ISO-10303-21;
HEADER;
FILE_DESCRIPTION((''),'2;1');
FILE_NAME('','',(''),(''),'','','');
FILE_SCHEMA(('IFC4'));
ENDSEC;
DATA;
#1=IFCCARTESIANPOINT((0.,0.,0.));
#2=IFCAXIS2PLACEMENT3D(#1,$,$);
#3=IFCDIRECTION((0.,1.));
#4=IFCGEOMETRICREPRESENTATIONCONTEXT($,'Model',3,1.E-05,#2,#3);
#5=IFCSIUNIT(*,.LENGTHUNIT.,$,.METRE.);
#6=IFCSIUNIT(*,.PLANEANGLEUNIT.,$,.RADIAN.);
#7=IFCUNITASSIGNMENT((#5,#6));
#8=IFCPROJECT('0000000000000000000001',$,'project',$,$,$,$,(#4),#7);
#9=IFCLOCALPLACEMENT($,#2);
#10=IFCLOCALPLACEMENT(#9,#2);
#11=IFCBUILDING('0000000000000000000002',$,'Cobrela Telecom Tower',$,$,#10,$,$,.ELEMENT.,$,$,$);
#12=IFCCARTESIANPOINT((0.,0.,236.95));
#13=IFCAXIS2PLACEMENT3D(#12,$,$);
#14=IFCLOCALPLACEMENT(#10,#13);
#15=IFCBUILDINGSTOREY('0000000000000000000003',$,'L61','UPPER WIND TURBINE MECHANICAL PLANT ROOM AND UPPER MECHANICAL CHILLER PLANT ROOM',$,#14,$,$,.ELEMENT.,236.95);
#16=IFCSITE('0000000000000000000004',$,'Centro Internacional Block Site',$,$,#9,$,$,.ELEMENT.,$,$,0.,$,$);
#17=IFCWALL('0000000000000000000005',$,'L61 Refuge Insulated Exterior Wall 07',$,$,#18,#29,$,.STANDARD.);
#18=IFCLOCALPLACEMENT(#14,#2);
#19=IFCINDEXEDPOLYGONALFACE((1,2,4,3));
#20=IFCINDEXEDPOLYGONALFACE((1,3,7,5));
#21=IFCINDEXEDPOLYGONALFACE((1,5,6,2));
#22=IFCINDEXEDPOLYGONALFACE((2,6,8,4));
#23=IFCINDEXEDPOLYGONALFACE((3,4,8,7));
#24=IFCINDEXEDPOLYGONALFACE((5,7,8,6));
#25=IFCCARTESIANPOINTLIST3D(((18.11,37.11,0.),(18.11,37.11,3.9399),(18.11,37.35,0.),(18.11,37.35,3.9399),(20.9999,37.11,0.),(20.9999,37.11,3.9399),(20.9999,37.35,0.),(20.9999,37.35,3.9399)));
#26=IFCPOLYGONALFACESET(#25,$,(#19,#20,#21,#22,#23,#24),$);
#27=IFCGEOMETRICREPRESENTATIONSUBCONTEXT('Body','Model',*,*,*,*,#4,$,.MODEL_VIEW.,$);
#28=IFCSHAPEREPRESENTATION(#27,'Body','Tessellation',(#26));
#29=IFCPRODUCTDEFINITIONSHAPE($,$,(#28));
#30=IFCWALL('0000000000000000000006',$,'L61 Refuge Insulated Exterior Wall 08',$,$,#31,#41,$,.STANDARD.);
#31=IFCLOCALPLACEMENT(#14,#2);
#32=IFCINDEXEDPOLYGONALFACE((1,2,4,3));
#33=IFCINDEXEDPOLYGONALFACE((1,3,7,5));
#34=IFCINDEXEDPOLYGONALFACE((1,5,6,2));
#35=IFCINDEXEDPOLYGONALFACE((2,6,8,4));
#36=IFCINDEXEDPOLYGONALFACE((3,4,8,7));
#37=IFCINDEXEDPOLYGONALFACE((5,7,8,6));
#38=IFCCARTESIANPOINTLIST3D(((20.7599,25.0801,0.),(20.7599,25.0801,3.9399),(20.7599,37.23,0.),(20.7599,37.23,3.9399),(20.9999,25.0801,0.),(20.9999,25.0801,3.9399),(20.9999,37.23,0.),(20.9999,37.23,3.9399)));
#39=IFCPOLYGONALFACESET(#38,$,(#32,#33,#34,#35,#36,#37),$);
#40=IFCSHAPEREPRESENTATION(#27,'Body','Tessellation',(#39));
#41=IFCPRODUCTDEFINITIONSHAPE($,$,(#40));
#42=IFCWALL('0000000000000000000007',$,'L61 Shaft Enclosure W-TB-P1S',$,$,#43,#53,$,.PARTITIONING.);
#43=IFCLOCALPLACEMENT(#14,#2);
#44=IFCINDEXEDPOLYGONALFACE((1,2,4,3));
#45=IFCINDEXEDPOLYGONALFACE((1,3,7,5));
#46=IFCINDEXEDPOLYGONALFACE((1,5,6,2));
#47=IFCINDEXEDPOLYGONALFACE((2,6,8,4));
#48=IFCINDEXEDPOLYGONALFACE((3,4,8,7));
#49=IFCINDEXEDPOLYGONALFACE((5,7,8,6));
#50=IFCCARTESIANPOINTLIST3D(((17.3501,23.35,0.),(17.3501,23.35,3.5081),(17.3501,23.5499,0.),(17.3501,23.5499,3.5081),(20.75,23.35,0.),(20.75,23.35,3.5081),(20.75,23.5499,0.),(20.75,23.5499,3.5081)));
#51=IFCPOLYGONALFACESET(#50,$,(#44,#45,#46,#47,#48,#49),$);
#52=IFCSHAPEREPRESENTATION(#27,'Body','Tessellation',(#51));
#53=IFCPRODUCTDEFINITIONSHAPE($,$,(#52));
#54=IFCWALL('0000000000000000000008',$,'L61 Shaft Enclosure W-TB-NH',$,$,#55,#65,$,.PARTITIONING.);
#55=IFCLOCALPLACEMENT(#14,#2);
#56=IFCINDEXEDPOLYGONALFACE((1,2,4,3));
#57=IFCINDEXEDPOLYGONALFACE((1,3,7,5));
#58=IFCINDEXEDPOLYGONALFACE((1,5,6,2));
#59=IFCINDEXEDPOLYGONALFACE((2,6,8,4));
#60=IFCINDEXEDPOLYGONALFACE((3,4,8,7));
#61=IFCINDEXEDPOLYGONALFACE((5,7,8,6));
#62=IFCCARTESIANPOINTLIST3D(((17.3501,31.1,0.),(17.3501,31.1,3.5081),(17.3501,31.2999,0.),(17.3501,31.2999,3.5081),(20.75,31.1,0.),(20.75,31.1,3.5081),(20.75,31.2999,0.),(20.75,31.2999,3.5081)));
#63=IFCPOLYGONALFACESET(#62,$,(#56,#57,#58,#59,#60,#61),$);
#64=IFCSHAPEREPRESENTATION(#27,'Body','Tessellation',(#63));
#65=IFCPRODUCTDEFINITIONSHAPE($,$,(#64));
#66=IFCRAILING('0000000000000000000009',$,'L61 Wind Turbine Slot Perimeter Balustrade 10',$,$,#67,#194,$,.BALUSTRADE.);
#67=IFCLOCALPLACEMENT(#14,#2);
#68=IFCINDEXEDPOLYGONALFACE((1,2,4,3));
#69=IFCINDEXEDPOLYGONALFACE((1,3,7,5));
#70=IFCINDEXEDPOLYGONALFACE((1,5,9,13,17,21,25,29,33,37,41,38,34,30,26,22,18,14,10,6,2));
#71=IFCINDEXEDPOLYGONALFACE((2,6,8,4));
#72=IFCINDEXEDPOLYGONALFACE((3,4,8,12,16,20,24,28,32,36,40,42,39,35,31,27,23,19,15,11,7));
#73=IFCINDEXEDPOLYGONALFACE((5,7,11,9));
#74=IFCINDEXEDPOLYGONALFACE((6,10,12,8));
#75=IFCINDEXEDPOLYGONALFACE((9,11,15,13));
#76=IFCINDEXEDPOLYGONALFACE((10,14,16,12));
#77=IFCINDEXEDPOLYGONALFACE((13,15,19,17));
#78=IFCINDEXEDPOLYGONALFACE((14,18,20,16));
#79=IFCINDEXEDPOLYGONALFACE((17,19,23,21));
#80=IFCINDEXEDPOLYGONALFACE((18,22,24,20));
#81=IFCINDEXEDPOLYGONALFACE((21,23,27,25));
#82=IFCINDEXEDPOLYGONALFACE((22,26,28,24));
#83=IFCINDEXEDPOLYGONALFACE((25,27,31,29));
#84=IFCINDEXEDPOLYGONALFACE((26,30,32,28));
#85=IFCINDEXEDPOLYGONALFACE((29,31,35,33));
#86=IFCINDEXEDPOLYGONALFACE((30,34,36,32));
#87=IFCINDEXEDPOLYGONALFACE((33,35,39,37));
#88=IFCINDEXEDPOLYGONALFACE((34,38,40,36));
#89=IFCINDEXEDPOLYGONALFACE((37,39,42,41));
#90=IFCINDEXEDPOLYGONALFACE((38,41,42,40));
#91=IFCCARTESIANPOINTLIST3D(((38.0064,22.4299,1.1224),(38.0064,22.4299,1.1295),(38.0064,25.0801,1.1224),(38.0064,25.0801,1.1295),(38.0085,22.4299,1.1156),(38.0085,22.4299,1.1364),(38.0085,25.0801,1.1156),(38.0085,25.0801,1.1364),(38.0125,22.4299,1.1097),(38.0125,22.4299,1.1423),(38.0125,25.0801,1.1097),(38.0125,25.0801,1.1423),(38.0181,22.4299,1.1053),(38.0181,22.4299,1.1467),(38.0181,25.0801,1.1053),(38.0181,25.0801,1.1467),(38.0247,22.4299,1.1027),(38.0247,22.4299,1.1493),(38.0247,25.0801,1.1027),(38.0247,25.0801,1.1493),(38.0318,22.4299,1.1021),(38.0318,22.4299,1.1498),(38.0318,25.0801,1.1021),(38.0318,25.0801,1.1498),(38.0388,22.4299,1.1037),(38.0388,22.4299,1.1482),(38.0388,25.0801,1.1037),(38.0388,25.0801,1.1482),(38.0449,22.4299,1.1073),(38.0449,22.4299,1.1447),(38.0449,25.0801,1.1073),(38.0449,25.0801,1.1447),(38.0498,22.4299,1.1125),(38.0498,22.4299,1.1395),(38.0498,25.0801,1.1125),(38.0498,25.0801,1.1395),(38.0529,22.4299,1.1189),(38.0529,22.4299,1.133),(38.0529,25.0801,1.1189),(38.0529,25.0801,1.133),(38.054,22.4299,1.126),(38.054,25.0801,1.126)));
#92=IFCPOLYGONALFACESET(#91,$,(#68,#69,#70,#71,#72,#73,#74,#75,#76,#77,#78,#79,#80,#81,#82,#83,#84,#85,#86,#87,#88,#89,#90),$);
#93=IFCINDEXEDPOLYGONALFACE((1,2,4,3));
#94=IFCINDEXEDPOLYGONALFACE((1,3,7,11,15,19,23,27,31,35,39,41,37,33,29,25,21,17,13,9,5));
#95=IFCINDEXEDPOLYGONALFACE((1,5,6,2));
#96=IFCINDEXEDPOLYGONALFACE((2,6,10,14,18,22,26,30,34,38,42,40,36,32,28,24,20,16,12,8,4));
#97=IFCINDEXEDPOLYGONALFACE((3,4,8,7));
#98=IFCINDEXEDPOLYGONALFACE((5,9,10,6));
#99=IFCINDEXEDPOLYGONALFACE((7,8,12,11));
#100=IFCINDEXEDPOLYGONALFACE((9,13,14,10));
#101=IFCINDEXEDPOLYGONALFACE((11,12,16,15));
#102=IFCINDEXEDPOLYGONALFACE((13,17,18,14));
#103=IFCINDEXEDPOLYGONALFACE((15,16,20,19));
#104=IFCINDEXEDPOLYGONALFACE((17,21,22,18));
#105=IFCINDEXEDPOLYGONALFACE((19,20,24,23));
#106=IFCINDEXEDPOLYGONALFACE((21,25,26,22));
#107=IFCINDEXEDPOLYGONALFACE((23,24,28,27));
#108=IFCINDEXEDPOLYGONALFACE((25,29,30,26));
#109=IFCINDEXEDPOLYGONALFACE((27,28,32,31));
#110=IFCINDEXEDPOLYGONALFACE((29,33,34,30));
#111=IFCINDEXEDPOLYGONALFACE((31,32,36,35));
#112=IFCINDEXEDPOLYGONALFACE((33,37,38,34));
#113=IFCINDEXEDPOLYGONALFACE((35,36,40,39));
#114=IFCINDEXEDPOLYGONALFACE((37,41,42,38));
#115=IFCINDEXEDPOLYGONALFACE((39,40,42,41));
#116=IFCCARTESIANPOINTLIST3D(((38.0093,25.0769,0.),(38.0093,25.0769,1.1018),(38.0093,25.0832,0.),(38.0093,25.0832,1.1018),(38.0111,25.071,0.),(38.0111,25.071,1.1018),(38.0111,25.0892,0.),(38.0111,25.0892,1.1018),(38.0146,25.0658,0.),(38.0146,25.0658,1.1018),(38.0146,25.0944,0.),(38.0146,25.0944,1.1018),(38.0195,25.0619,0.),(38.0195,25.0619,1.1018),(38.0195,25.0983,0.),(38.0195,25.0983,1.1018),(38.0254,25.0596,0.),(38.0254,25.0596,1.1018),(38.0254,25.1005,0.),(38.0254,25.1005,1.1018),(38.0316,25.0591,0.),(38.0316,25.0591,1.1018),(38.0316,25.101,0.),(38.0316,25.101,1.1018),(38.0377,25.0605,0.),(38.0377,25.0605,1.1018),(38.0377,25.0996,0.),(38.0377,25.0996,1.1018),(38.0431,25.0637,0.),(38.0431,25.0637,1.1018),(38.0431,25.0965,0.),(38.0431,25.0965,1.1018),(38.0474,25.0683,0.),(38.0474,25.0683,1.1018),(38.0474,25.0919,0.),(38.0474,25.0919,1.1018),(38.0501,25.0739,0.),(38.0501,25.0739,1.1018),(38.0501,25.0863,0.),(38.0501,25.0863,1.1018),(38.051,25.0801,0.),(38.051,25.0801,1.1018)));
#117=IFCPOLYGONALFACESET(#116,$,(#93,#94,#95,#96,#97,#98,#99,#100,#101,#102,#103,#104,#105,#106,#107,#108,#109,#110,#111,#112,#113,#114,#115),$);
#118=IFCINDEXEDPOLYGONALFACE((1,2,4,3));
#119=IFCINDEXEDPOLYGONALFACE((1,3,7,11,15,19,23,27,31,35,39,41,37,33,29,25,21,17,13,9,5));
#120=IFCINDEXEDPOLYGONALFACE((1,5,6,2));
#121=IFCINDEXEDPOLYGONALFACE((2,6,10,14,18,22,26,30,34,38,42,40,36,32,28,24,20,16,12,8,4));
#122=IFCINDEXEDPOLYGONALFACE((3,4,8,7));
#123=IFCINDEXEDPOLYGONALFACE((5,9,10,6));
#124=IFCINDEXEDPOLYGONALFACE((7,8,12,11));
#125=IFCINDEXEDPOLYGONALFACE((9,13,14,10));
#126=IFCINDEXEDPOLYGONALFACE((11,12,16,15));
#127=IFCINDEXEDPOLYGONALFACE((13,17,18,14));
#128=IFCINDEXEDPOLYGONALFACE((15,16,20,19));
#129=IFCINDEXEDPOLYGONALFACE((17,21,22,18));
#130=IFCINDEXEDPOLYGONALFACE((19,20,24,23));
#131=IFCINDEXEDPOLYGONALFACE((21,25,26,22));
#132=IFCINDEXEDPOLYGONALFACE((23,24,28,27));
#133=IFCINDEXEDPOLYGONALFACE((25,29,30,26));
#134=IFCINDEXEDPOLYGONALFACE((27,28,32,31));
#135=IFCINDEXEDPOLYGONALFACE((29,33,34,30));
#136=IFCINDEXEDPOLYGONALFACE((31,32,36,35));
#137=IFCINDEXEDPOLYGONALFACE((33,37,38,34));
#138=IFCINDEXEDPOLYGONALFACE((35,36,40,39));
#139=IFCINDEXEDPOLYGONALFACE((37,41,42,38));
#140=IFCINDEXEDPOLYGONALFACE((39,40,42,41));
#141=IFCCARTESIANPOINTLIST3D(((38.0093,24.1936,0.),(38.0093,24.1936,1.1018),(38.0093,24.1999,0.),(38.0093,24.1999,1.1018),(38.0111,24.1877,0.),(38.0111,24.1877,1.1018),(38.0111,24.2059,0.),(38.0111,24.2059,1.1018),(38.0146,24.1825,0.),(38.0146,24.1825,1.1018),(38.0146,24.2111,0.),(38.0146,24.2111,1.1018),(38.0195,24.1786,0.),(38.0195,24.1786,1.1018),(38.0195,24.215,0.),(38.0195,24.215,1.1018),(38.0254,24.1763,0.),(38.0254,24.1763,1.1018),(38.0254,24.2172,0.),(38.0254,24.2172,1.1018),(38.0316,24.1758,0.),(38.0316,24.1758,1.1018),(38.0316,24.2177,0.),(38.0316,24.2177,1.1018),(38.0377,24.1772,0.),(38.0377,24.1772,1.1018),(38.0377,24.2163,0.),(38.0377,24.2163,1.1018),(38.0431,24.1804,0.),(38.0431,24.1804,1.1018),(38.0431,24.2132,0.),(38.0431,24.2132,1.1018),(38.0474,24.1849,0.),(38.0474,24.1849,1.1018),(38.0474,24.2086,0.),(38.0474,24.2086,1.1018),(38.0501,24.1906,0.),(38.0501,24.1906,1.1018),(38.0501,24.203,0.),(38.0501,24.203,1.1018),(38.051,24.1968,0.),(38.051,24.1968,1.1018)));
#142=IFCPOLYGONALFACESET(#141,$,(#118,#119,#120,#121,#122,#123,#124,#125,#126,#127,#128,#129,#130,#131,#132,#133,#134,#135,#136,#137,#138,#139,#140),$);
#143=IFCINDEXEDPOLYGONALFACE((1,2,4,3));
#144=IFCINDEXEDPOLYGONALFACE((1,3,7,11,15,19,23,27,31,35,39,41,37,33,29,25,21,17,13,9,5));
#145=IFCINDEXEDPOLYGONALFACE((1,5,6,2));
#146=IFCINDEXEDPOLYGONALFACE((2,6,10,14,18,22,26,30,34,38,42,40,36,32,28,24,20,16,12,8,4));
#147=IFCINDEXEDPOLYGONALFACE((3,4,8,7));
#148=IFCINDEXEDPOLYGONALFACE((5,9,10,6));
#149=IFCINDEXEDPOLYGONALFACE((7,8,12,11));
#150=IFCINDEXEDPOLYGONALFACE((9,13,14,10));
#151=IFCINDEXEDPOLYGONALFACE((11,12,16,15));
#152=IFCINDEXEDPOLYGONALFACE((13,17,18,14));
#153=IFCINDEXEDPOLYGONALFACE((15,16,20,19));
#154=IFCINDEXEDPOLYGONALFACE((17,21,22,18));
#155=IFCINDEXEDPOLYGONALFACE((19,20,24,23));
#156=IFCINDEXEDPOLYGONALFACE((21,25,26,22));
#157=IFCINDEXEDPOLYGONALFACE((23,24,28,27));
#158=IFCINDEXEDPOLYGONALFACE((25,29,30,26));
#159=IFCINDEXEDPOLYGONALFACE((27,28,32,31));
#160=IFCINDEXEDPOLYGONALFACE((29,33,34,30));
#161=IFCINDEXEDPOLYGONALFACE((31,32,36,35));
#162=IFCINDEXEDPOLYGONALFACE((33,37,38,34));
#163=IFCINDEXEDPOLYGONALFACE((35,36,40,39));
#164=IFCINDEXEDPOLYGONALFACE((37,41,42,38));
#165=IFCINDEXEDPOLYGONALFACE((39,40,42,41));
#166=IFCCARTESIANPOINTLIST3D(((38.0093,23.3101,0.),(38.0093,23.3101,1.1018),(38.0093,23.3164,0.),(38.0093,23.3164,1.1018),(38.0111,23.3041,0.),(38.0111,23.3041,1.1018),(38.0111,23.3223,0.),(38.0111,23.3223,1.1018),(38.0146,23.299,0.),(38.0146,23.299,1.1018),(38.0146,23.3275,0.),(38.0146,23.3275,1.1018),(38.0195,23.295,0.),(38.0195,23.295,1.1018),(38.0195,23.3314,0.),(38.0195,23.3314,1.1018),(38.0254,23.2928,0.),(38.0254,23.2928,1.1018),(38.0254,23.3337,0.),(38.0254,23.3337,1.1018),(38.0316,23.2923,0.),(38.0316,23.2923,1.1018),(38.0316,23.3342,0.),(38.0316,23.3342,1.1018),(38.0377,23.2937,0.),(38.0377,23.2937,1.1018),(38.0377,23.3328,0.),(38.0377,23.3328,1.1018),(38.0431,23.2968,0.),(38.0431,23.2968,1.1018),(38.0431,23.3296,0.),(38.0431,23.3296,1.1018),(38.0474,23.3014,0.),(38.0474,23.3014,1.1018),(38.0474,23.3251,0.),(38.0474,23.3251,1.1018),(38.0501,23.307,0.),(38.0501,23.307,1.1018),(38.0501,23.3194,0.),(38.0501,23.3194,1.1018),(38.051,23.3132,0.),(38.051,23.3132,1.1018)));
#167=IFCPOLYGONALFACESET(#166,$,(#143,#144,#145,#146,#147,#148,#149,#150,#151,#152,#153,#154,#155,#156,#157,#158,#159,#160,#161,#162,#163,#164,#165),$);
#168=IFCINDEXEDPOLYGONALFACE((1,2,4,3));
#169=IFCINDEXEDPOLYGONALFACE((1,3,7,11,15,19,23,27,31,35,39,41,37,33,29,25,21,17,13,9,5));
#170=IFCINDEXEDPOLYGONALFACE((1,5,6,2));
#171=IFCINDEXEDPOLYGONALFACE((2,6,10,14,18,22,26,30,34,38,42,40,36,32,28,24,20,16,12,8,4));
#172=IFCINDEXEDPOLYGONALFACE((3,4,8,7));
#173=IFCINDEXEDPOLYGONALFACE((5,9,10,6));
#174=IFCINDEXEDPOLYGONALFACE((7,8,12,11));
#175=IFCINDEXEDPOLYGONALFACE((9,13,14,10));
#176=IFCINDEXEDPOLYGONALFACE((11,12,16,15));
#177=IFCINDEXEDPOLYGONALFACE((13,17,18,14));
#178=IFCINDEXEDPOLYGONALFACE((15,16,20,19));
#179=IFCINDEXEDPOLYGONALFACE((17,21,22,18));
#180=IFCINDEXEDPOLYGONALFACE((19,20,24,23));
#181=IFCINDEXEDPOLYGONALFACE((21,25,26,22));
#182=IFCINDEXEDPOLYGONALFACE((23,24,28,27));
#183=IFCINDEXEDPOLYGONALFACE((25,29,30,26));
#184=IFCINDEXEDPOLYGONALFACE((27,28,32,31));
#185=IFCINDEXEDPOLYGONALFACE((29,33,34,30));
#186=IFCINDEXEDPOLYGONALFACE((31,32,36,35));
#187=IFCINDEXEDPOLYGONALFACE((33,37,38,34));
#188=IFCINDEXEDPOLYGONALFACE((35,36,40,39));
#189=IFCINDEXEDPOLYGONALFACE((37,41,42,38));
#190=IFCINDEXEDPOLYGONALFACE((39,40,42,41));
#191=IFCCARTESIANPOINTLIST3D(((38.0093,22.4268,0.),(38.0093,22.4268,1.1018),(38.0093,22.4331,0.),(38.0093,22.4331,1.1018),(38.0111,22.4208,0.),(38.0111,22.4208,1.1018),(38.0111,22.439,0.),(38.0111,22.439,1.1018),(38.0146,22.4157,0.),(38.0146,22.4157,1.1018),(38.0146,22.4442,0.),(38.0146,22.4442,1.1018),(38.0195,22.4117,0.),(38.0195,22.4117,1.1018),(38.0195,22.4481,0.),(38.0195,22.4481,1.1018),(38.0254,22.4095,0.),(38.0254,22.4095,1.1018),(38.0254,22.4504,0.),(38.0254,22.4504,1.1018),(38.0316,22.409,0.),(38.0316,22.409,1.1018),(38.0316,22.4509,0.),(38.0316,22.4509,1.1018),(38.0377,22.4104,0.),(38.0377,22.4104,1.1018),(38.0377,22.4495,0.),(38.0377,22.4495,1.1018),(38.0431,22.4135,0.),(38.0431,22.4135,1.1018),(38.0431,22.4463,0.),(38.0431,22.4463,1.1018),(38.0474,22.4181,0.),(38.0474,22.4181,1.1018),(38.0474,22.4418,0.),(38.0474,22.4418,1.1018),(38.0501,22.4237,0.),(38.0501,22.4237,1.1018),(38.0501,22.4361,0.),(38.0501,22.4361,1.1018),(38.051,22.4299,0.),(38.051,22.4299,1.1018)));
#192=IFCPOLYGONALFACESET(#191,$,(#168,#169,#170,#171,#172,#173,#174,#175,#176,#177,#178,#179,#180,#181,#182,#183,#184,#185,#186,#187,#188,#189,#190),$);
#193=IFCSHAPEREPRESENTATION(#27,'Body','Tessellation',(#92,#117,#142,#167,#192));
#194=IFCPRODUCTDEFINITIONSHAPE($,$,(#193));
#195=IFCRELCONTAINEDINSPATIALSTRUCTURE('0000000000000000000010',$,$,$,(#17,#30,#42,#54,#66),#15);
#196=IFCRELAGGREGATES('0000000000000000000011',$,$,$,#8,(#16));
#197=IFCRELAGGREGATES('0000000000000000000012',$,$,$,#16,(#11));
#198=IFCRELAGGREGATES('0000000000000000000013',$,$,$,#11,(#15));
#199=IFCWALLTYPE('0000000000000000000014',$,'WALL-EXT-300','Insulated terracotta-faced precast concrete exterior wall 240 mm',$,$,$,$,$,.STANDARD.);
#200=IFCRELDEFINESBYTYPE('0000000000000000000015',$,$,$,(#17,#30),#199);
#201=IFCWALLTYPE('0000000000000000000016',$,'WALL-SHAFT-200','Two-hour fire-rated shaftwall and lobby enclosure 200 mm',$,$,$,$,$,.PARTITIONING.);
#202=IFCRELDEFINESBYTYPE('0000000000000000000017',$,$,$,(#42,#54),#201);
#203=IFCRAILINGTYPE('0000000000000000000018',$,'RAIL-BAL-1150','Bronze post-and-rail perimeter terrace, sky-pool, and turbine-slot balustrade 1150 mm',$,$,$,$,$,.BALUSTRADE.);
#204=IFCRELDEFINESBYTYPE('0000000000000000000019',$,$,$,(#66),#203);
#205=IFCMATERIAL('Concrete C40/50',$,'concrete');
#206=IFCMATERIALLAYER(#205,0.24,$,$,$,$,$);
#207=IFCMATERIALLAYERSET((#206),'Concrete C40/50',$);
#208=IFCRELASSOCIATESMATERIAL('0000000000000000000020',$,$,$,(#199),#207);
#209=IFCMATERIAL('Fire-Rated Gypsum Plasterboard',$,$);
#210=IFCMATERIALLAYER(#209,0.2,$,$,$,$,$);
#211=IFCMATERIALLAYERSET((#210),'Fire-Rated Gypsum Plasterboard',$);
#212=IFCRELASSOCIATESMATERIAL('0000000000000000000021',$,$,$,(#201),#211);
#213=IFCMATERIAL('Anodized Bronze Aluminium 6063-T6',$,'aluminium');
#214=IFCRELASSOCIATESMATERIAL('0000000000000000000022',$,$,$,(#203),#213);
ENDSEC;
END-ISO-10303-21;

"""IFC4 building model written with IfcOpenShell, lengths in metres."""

from ifc_helpers import new_model, si_unit, direction, frame, frame_2d, origin, origin_2d, place, context, subcontext, project, spatial, rectangle, circle, extrude, material, layer, layer_set, type_object, element, save


model = new_model("IFC4")

# Units and contexts
model_context = context("Model", 3, precision=1e-05, world=origin(), true_north=direction((0.0, 1.0)))
body_context = subcontext(model_context, "Body", "Model", "MODEL_VIEW")
ifc_project = project(units=[si_unit("LENGTHUNIT", "METRE"), si_unit("PLANEANGLEUNIT", "RADIAN")], contexts=[model_context])

# Site, building, storey
site_placement = place(None, origin())
site = spatial("IfcSite", under=ifc_project, at=site_placement, Name="Centro Internacional Block Site", CompositionType="ELEMENT", RefElevation=0.0)
building_placement = place(site_placement, origin())
building = spatial("IfcBuilding", under=site, at=building_placement, Name="Cobrela Telecom Tower", CompositionType="ELEMENT")
storey_placement = place(building_placement, frame((0.0, 0.0, 236.95)))
storey = spatial("IfcBuildingStorey", under=building, at=storey_placement, Name="L61", Description="UPPER WIND TURBINE MECHANICAL PLANT ROOM AND UPPER MECHANICAL CHILLER PLANT ROOM", CompositionType="ELEMENT", Elevation=236.95)

# Walls
ifc_material_1 = material(Name="Concrete C40/50", Category="concrete")
ifc_layer_1 = layer(ifc_material_1, 0.24)
ifc_layer_set_1 = layer_set([ifc_layer_1], Name="Concrete C40/50")
wall_type_1 = type_object("IfcWallType", Name="WALL-EXT-300", Description="Insulated terracotta-faced precast concrete exterior wall 240 mm", PredefinedType="STANDARD", material=ifc_layer_set_1)
wall_1_placement = place(storey_placement, frame((18.1101, 37.23, 0.0), z_axis=(0.0, 0.0, 1.0), x_axis=(1.0, 0.0, 0.0)))
element("IfcWall", 1, at=wall_1_placement, inside=storey, type_object=wall_type_1, Name="L61 Refuge Insulated Exterior Wall 07", PredefinedType="STANDARD", context=body_context, shape_type="SweptSolid", body=[
    extrude(rectangle(XDim=2.8899, YDim=0.24, at=frame_2d((1.4448, 0.0))), origin(), (0.0, 0.0, 1.0), 3.9399),
])
wall_2_placement = place(storey_placement, frame((20.8799, 37.23, 0.0), z_axis=(0.0, 0.0, 1.0), x_axis=(0.0, -1.0, 0.0)))
element("IfcWall", 2, at=wall_2_placement, inside=storey, type_object=wall_type_1, Name="L61 Refuge Insulated Exterior Wall 08", PredefinedType="STANDARD", context=body_context, shape_type="SweptSolid", body=[
    extrude(rectangle(XDim=12.1499, YDim=0.24, at=frame_2d((6.075, 0.0))), origin(), (0.0, 0.0, 1.0), 3.9399),
])
ifc_material_2 = material(Name="Fire-Rated Gypsum Plasterboard")
ifc_layer_2 = layer(ifc_material_2, 0.2)
ifc_layer_set_2 = layer_set([ifc_layer_2], Name="Fire-Rated Gypsum Plasterboard")
wall_type_2 = type_object("IfcWallType", Name="WALL-SHAFT-200", Description="Two-hour fire-rated shaftwall and lobby enclosure 200 mm", PredefinedType="PARTITIONING", material=ifc_layer_set_2)
for number, where, z_axis, x_axis, name in (
    (3, (17.3501, 23.45, 0.0), (0.0, 0.0, 1.0), (1.0, 0.0, 0.0), "L61 Shaft Enclosure W-TB-P1S"),
    (4, (17.3501, 31.2, 0.0), (0.0, 0.0, 1.0), (1.0, 0.0, 0.0), "L61 Shaft Enclosure W-TB-NH"),
):
    element("IfcWall", number, at=place(storey_placement, frame(where, z_axis=z_axis, x_axis=x_axis)), inside=storey, type_object=wall_type_2, Name=name, PredefinedType="PARTITIONING", context=body_context, shape_type="SweptSolid", body=[
        extrude(rectangle(XDim=3.3999, YDim=0.2, at=frame_2d((1.7, 0.0))), origin(), (0.0, 0.0, 1.0), 3.5081),
    ])

# Railing
ifc_material_3 = material(Name="Anodized Bronze Aluminium 6063-T6", Category="aluminium")
railing_type = type_object("IfcRailingType", Name="RAIL-BAL-1150", Description="Bronze post-and-rail perimeter terrace, sky-pool, and turbine-slot balustrade 1150 mm", PredefinedType="BALUSTRADE", material=ifc_material_3)
railing_1_placement = place(storey_placement, frame((38.03, 25.0801, 0.0)))
element("IfcRailing", 5, at=railing_1_placement, inside=storey, type_object=railing_type, Name="L61 Wind Turbine Slot Perimeter Balustrade 10", PredefinedType="BALUSTRADE", context=body_context, shape_type="SweptSolid", body=[
    extrude(circle(Radius=0.0239, at=origin_2d()), frame((0.0, 0.0, 1.126), z_axis=(0.0, -1.0, 0.0), x_axis=(1.0, 0.0, 0.0)), (0.0, 0.0, 1.0), 2.6501),
    extrude(circle(Radius=0.021, at=origin_2d()), origin(), (0.0, 0.0, 1.0), 1.1018),
    extrude(circle(Radius=0.021, at=origin_2d()), frame((0.0, -0.8833, 0.0)), (0.0, 0.0, 1.0), 1.1018),
    extrude(circle(Radius=0.021, at=origin_2d()), frame((0.0, -1.7668, 0.0)), (0.0, 0.0, 1.0), 1.1018),
    extrude(circle(Radius=0.021, at=origin_2d()), frame((0.0, -2.6501, 0.0)), (0.0, 0.0, 1.0), 1.1018),
])

save(model, "model.ifc")
